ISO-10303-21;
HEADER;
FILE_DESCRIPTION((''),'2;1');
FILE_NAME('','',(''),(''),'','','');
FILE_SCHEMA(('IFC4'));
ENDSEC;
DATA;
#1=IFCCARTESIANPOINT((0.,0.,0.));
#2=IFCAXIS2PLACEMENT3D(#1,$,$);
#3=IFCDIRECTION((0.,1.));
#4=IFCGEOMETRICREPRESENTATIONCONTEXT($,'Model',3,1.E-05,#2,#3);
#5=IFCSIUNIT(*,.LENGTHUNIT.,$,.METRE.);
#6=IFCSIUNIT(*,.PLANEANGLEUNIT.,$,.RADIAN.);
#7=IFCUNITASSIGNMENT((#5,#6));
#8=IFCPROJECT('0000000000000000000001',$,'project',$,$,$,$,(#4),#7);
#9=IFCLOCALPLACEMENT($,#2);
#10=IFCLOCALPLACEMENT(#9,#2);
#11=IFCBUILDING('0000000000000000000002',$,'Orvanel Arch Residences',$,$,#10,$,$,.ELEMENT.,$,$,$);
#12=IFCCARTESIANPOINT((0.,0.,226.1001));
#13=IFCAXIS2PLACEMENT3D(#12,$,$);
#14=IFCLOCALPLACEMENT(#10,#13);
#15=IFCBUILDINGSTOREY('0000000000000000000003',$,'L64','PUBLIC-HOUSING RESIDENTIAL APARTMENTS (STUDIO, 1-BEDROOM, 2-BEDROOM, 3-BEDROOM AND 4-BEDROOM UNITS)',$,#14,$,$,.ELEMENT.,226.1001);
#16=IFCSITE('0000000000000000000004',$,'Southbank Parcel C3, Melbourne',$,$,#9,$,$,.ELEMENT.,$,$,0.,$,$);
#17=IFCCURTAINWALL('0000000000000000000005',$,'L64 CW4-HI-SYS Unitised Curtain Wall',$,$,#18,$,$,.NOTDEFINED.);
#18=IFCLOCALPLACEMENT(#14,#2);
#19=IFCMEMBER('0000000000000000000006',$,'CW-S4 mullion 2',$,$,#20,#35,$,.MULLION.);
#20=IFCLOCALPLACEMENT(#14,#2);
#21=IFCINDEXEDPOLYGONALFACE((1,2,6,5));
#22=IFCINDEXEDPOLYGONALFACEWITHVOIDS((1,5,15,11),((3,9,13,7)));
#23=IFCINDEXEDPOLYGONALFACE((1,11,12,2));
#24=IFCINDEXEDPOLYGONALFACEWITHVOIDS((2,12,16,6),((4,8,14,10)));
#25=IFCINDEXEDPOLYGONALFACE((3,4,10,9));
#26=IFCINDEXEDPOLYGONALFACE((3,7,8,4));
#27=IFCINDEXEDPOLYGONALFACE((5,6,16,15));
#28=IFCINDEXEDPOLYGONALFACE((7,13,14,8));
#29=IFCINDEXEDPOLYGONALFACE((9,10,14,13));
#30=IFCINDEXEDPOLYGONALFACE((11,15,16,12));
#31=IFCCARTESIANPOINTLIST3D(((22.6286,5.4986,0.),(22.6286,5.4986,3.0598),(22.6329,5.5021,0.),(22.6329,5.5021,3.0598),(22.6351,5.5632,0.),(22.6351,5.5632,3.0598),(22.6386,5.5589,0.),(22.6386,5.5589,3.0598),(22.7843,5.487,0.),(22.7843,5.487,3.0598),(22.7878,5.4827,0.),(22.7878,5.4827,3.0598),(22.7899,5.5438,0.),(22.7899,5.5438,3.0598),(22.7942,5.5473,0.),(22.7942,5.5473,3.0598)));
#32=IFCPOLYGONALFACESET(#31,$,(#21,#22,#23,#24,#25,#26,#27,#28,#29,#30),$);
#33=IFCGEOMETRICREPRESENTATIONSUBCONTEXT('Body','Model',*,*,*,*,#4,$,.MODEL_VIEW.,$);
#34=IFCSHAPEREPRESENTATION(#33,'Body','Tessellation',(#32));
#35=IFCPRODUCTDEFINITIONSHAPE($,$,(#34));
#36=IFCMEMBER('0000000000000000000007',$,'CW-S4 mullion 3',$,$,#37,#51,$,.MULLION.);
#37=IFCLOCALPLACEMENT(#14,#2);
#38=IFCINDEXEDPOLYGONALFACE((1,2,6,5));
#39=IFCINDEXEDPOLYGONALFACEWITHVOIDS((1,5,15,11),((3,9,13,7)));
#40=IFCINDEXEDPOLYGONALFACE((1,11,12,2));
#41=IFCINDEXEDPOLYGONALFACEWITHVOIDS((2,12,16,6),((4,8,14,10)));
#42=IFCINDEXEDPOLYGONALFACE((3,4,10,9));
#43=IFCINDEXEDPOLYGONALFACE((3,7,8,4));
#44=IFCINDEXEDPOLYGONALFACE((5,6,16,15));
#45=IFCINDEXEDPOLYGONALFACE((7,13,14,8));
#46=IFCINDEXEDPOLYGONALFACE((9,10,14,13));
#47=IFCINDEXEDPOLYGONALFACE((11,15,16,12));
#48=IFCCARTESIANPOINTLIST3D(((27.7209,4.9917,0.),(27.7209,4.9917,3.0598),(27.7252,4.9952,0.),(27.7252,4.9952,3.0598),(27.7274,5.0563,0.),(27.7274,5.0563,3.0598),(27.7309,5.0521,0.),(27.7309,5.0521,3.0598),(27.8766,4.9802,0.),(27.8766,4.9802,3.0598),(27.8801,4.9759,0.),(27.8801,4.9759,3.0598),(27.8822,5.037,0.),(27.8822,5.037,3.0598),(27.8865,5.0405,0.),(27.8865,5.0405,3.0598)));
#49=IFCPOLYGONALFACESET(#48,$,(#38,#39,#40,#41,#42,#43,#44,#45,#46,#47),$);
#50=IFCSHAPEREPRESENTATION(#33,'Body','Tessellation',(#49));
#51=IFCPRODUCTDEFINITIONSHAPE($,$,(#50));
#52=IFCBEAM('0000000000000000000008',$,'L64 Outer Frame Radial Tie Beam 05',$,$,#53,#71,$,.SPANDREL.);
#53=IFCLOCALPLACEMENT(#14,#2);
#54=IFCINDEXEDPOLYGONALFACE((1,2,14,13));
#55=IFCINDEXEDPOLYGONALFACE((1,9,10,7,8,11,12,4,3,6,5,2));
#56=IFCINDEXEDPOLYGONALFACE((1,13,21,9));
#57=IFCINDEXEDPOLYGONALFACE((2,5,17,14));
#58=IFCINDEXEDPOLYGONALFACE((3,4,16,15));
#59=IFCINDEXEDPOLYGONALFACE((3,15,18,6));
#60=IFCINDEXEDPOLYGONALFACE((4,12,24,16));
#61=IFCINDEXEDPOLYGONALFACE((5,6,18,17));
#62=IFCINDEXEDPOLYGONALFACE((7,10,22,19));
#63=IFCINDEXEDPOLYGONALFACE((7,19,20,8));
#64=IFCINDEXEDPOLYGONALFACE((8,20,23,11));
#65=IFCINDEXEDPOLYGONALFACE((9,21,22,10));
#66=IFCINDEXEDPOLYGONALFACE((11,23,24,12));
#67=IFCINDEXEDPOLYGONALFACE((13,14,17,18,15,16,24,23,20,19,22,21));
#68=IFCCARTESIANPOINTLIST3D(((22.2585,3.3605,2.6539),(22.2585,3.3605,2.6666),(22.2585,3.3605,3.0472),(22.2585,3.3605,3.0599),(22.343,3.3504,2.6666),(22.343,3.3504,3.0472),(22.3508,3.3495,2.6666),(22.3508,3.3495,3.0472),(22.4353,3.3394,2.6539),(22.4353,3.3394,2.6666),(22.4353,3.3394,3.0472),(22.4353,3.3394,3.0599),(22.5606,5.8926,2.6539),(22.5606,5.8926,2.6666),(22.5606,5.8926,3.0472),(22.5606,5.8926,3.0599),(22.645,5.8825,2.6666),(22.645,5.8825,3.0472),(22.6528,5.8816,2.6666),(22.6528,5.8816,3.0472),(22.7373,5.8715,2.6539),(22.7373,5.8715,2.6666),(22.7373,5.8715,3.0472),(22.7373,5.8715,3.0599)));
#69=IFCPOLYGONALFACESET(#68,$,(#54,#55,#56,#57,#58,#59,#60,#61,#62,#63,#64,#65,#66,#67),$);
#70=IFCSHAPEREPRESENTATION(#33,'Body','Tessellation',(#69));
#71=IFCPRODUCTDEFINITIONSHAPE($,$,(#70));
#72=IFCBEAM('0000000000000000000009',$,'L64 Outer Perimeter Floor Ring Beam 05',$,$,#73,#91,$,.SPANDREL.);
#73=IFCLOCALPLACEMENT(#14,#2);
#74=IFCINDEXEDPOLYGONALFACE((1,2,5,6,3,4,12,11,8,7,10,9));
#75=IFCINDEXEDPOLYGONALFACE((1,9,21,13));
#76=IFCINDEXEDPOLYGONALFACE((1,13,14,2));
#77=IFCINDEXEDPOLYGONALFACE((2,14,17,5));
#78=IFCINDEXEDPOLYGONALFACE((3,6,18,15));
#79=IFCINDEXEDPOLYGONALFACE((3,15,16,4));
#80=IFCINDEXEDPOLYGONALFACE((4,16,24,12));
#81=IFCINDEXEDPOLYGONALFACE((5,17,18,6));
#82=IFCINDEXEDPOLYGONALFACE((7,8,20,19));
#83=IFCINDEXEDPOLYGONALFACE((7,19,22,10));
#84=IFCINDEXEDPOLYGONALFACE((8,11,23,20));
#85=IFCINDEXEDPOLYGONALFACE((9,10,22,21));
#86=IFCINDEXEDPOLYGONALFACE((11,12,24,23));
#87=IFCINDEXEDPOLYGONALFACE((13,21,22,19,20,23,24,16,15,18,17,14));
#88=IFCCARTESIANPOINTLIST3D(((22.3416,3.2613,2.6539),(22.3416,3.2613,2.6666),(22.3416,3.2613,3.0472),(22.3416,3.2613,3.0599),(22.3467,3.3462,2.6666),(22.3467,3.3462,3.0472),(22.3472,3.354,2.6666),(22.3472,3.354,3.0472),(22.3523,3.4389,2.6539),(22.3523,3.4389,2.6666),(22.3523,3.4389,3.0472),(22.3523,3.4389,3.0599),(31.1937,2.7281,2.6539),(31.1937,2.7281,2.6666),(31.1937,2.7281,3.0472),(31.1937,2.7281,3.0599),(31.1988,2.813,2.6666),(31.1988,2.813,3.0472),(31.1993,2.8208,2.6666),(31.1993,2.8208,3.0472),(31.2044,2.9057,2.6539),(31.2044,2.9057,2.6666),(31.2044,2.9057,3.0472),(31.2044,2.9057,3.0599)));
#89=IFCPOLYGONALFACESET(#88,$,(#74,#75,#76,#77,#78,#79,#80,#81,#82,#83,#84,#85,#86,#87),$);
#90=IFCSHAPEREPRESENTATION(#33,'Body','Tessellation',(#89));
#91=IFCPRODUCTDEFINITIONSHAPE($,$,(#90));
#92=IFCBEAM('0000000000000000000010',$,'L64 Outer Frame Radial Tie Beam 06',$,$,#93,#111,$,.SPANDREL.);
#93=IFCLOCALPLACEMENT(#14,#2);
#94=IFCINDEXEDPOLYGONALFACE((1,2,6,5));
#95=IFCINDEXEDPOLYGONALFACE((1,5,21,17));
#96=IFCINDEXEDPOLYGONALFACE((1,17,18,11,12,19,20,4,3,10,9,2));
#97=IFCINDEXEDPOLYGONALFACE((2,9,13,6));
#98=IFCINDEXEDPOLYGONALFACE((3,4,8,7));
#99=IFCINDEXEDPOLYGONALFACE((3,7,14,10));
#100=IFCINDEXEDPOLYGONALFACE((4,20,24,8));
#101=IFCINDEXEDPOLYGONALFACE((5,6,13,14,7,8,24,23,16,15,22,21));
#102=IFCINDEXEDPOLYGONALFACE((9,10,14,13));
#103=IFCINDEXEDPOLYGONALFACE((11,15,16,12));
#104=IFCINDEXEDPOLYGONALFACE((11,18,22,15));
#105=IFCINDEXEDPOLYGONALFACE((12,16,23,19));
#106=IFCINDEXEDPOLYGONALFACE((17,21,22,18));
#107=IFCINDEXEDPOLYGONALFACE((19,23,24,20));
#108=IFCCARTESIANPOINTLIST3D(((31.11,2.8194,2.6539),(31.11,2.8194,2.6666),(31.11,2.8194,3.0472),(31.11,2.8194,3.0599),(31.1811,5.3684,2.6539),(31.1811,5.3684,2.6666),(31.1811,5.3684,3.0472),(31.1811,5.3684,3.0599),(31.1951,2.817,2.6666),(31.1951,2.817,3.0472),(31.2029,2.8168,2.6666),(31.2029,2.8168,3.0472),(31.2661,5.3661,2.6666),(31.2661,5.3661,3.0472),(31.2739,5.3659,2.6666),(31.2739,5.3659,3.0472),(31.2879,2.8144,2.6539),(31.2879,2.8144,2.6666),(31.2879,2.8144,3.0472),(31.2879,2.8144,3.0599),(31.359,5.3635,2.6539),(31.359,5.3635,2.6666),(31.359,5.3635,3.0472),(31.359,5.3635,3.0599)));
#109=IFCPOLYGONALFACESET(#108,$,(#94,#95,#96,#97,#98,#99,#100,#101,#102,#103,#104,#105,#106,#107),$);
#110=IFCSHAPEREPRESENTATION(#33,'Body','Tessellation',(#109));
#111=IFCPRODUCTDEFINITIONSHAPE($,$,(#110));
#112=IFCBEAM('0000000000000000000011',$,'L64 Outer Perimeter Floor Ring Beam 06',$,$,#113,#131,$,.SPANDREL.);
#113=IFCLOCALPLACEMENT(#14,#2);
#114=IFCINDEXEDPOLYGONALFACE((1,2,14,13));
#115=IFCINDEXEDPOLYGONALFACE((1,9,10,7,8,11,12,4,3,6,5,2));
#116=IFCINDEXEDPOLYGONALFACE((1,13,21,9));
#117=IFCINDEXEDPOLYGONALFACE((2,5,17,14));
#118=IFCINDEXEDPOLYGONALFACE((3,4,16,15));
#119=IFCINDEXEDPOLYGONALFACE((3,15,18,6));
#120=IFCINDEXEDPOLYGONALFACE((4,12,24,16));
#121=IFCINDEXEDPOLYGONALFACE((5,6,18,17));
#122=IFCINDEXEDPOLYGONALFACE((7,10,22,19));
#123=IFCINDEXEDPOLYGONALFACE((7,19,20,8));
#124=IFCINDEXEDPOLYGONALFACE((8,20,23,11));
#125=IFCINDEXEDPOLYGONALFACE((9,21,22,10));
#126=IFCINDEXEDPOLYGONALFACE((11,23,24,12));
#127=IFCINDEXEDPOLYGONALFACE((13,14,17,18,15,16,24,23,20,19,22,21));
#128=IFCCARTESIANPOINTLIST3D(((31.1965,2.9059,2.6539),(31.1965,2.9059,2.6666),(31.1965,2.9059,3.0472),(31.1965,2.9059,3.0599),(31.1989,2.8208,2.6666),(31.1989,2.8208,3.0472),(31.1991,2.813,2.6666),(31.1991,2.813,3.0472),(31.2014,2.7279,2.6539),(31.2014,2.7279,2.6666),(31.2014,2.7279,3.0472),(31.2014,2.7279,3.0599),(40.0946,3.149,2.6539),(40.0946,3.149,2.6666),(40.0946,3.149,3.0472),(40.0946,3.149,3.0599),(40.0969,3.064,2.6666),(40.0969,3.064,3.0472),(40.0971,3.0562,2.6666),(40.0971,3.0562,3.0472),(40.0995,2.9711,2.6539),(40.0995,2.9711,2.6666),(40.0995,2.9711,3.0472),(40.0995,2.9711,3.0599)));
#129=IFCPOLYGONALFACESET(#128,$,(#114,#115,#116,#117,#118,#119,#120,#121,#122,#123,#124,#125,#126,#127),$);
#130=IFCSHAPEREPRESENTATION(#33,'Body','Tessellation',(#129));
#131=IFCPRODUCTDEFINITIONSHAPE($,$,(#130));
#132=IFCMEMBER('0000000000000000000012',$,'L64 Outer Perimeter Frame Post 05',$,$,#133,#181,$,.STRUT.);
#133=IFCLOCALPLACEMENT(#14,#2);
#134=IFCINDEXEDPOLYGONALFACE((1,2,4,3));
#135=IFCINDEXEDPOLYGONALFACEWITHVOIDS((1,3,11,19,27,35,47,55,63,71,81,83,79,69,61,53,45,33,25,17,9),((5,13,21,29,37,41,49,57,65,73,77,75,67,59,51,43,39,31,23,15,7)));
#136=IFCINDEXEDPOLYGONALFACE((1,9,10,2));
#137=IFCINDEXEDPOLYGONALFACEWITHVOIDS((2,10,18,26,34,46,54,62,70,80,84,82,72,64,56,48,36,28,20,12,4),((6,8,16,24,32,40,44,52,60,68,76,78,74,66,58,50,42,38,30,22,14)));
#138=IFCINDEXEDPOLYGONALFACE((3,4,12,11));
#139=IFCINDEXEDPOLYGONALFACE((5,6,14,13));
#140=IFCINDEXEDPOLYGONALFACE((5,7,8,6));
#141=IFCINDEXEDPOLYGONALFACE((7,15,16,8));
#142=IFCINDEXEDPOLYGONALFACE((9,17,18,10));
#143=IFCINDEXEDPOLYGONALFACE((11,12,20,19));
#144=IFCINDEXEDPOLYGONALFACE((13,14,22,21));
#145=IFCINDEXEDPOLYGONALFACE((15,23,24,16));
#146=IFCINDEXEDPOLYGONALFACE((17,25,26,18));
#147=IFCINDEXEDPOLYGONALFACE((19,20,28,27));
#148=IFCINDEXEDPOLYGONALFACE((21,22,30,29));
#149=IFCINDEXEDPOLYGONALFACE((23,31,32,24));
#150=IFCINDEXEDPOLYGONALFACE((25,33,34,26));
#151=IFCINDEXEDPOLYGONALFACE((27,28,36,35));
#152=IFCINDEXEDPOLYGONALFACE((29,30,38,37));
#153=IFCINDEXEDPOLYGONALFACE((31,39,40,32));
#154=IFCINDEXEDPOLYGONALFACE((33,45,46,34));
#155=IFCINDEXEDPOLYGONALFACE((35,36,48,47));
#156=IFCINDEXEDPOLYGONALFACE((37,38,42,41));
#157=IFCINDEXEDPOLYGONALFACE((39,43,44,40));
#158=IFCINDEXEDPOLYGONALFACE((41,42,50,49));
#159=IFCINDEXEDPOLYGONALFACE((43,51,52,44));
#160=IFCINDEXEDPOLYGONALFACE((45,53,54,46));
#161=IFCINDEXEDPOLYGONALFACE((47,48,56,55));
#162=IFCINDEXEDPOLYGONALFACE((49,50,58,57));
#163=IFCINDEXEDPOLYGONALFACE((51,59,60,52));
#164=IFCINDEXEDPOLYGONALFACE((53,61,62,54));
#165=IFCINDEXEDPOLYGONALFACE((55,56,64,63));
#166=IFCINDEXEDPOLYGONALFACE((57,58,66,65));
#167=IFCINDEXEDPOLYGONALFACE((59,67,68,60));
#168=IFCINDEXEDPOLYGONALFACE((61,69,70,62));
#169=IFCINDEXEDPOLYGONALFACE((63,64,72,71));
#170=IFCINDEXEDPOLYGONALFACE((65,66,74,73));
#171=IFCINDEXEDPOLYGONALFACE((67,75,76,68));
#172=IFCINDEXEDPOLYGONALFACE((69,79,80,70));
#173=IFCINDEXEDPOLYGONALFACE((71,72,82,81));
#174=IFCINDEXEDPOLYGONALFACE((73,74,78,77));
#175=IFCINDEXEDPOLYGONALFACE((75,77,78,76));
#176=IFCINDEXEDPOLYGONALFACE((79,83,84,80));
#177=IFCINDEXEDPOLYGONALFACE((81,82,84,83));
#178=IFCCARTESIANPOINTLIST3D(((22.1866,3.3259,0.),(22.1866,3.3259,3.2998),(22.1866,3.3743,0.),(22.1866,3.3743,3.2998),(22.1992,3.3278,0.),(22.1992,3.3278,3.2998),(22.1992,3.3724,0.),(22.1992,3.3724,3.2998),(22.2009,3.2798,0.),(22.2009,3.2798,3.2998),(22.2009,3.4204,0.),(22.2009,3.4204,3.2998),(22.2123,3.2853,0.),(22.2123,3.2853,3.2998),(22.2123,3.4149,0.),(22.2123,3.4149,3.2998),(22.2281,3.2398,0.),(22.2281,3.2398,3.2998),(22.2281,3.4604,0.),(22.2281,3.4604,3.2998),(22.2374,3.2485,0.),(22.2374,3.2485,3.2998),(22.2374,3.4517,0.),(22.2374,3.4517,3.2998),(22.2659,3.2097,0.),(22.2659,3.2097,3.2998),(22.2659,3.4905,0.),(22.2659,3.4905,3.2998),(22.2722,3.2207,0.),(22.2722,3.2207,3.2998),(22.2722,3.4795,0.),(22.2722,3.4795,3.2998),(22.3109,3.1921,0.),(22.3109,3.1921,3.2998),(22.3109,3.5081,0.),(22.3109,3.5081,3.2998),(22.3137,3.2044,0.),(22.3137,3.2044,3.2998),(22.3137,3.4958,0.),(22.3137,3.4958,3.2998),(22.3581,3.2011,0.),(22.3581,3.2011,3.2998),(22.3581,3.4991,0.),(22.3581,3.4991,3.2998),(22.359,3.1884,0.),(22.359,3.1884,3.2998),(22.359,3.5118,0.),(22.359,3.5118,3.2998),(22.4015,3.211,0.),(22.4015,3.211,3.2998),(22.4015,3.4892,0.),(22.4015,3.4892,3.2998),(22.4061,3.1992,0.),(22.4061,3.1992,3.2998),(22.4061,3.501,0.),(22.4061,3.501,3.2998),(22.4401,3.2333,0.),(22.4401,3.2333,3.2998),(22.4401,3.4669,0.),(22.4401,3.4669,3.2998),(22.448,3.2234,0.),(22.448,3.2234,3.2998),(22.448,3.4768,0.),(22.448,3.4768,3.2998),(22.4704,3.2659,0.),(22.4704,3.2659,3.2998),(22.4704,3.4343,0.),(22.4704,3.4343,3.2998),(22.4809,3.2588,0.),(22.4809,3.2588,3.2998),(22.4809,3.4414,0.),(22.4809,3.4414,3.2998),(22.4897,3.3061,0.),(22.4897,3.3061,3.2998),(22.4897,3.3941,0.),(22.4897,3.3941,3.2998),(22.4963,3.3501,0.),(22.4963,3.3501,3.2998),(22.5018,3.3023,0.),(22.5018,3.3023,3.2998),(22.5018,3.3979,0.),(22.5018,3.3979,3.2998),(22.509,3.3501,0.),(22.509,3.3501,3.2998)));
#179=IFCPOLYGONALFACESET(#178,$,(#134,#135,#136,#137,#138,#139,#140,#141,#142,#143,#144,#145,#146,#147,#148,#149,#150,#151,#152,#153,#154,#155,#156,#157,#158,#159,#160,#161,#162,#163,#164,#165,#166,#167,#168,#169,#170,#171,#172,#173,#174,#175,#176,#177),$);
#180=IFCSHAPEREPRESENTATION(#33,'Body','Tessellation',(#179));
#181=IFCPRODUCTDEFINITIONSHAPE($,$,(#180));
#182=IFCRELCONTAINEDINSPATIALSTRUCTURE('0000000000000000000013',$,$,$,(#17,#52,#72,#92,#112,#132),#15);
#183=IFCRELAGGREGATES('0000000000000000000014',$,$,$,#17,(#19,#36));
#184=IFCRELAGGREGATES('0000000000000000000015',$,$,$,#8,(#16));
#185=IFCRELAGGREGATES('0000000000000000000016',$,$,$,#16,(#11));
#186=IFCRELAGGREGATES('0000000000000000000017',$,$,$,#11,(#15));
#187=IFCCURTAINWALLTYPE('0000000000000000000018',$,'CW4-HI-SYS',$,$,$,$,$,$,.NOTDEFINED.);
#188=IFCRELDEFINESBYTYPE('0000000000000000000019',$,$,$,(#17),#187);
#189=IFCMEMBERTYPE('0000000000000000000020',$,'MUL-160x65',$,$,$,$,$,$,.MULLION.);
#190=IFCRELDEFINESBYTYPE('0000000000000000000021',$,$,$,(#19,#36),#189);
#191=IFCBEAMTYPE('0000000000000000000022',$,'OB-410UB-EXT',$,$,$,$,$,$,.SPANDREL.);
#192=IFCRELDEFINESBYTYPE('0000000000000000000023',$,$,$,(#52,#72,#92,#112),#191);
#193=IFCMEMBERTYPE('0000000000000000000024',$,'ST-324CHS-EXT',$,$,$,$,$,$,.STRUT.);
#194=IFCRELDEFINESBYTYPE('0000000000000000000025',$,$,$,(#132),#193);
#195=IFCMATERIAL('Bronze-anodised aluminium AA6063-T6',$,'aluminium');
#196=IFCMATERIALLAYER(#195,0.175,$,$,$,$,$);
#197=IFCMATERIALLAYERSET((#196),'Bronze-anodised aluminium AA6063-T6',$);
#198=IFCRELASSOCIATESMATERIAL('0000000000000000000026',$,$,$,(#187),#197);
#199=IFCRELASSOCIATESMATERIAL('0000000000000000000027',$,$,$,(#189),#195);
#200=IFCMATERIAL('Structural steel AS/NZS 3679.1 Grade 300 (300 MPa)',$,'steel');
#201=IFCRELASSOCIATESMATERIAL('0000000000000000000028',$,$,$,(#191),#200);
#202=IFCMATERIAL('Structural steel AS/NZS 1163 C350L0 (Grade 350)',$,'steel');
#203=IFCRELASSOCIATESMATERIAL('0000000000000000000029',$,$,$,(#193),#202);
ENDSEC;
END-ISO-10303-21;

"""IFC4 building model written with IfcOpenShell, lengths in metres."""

from ifc_helpers import new_model, si_unit, direction, frame, origin, origin_2d, place, context, subcontext, project, spatial, hollow_rectangle, hollow_circle, i_section, extrude, material, layer, layer_set, material_profile, profile_set, type_object, element, aggregate, save


model = new_model("IFC4")

# Units and contexts
model_context = context("Model", 3, precision=1e-05, world=origin(), true_north=direction((0.0, 1.0)))
body_context = subcontext(model_context, "Body", "Model", "MODEL_VIEW")
ifc_project = project(units=[si_unit("LENGTHUNIT", "METRE"), si_unit("PLANEANGLEUNIT", "RADIAN")], contexts=[model_context])

# Site, building, storey
site_placement = place(None, origin())
site = spatial("IfcSite", under=ifc_project, at=site_placement, Name="Southbank Parcel C3, Melbourne", CompositionType="ELEMENT", RefElevation=0.0)
building_placement = place(site_placement, origin())
building = spatial("IfcBuilding", under=site, at=building_placement, Name="Orvanel Arch Residences", CompositionType="ELEMENT")
storey_placement = place(building_placement, frame((0.0, 0.0, 226.1001)))
storey = spatial("IfcBuildingStorey", under=building, at=storey_placement, Name="L64", Description="PUBLIC-HOUSING RESIDENTIAL APARTMENTS (STUDIO, 1-BEDROOM, 2-BEDROOM, 3-BEDROOM AND 4-BEDROOM UNITS)", CompositionType="ELEMENT", Elevation=226.1001)

# Curtain wall, members
ifc_material_1 = material(Name="Bronze-anodised aluminium AA6063-T6", Category="aluminium")
ifc_layer_1 = layer(ifc_material_1, 0.175)
ifc_layer_set_1 = layer_set([ifc_layer_1], Name="Bronze-anodised aluminium AA6063-T6")
curtain_wall_type = type_object("IfcCurtainWallType", Name="CW4-HI-SYS", PredefinedType="NOTDEFINED", material=ifc_layer_set_1)
curtain_wall_placement = place(storey_placement, origin())
curtain_wall = element("IfcCurtainWall", 1, at=curtain_wall_placement, inside=storey, type_object=curtain_wall_type, Name="L64 CW4-HI-SYS Unitised Curtain Wall", PredefinedType="NOTDEFINED")
ifc_material_profile_1 = material_profile(ifc_material_1, hollow_rectangle(XDim=0.0649, YDim=0.1599, WallThickness=0.0039, at=origin_2d()), Name="ALU160x65x4")
ifc_profile_set_1 = profile_set([ifc_material_profile_1], Name="Bronze-anodised aluminium AA6063-T6")
member_type_1 = type_object("IfcMemberType", Name="MUL-160x65", PredefinedType="MULLION", material=ifc_profile_set_1)
member_1_placement = place(storey_placement, frame((22.7114, 5.5229, 0.0), z_axis=(0.0, 0.0, 1.0), x_axis=(0.099033, 0.995084, 0.0)))
member_1 = element("IfcMember", 2, at=member_1_placement, type_object=member_type_1, Name="CW-S4 mullion 2", PredefinedType="MULLION", context=body_context, shape_type="SweptSolid", body=[
    extrude(hollow_rectangle(XDim=0.0649, YDim=0.1599, WallThickness=0.0039, at=origin_2d()), origin(), (0.0, 0.0, 1.0), 3.0598),
])
member_2_placement = place(storey_placement, frame((27.8037, 5.0161, 0.0), z_axis=(0.0, 0.0, 1.0), x_axis=(0.099033, 0.995084, 0.0)))
member_2 = element("IfcMember", 3, at=member_2_placement, type_object=member_type_1, Name="CW-S4 mullion 3", PredefinedType="MULLION", context=body_context, shape_type="SweptSolid", body=[
    extrude(hollow_rectangle(XDim=0.0649, YDim=0.1599, WallThickness=0.0039, at=origin_2d()), origin(), (0.0, 0.0, 1.0), 3.0598),
])

# Beams
ifc_material_2 = material(Name="Structural steel AS/NZS 3679.1 Grade 300 (300 MPa)", Category="steel")
ifc_material_profile_2 = material_profile(ifc_material_2, i_section(OverallWidth=0.178, OverallDepth=0.406, WebThickness=0.0078, FlangeThickness=0.0127, at=origin_2d()), Name="410UB59.7")
ifc_profile_set_2 = profile_set([ifc_material_profile_2], Name="Structural steel AS/NZS 3679.1 Grade 300 (300 MPa)")
beam_type = type_object("IfcBeamType", Name="OB-410UB-EXT", PredefinedType="SPANDREL", material=ifc_profile_set_2)
beam_1_placement = place(storey_placement, frame((22.6489, 5.8821, 2.8569), z_axis=(-0.118435, -0.992962, 0.0), x_axis=(0.992962, -0.118435, 0.0)))
element("IfcBeam", 4, at=beam_1_placement, inside=storey, type_object=beam_type, Name="L64 Outer Frame Radial Tie Beam 05", PredefinedType="SPANDREL", context=body_context, shape_type="SweptSolid", body=[
    extrude(i_section(OverallWidth=0.178, OverallDepth=0.406, WebThickness=0.0078, FlangeThickness=0.0127, at=origin_2d()), origin(), (0.0, 0.0, 1.0), 2.55),
])
beam_2_placement = place(storey_placement, frame((22.3469, 3.3501, 2.8569), z_axis=(0.998191, -0.060126, 0.0), x_axis=(0.060126, 0.998191, 0.0)))
element("IfcBeam", 5, at=beam_2_placement, inside=storey, type_object=beam_type, Name="L64 Outer Perimeter Floor Ring Beam 05", PredefinedType="SPANDREL", context=body_context, shape_type="SweptSolid", body=[
    extrude(i_section(OverallWidth=0.178, OverallDepth=0.406, WebThickness=0.0078, FlangeThickness=0.0127, at=origin_2d()), origin(), (0.0, 0.0, 1.0), 8.8682),
])
beam_3_placement = place(storey_placement, frame((31.27, 5.366, 2.8569), z_axis=(-0.02786, -0.999612, 0.0), x_axis=(0.999612, -0.02786, 0.0)))
element("IfcBeam", 6, at=beam_3_placement, inside=storey, type_object=beam_type, Name="L64 Outer Frame Radial Tie Beam 06", PredefinedType="SPANDREL", context=body_context, shape_type="SweptSolid", body=[
    extrude(i_section(OverallWidth=0.178, OverallDepth=0.406, WebThickness=0.0078, FlangeThickness=0.0127, at=origin_2d()), origin(), (0.0, 0.0, 1.0), 2.55),
])
beam_4_placement = place(storey_placement, frame((31.199, 2.8169, 2.8569), z_axis=(0.999627, 0.027318, 0.0), x_axis=(-0.027318, 0.999627, 0.0)))
element("IfcBeam", 7, at=beam_4_placement, inside=storey, type_object=beam_type, Name="L64 Outer Perimeter Floor Ring Beam 06", PredefinedType="SPANDREL", context=body_context, shape_type="SweptSolid", body=[
    extrude(i_section(OverallWidth=0.178, OverallDepth=0.406, WebThickness=0.0078, FlangeThickness=0.0127, at=origin_2d()), origin(), (0.0, 0.0, 1.0), 8.9014),
])

# Member
ifc_material_3 = material(Name="Structural steel AS/NZS 1163 C350L0 (Grade 350)", Category="steel")
ifc_material_profile_3 = material_profile(ifc_material_3, hollow_circle(Radius=0.1621, WallThickness=0.0127, at=origin_2d()), Name="CHS324x12.7")
ifc_profile_set_3 = profile_set([ifc_material_profile_3], Name="Structural steel AS/NZS 1163 C350L0 (Grade 350)")
member_type_2 = type_object("IfcMemberType", Name="ST-324CHS-EXT", PredefinedType="STRUT", material=ifc_profile_set_3)
for number, where, z_axis, x_axis, name in (
    (8, (22.3469, 3.3501, 0.0), (0.0, 0.0, 1.0), (1.0, 0.0, 0.0), "L64 Outer Perimeter Frame Post 05"),
):
    element("IfcMember", number, at=place(storey_placement, frame(where, z_axis=z_axis, x_axis=x_axis)), inside=storey, type_object=member_type_2, Name=name, PredefinedType="STRUT", context=body_context, shape_type="SweptSolid", body=[
        extrude(hollow_circle(Radius=0.1621, WallThickness=0.0127, at=origin_2d()), origin(), (0.0, 0.0, 1.0), 3.2998),
    ])

aggregate(curtain_wall, [member_1, member_2])

save(model, "model.ifc")
